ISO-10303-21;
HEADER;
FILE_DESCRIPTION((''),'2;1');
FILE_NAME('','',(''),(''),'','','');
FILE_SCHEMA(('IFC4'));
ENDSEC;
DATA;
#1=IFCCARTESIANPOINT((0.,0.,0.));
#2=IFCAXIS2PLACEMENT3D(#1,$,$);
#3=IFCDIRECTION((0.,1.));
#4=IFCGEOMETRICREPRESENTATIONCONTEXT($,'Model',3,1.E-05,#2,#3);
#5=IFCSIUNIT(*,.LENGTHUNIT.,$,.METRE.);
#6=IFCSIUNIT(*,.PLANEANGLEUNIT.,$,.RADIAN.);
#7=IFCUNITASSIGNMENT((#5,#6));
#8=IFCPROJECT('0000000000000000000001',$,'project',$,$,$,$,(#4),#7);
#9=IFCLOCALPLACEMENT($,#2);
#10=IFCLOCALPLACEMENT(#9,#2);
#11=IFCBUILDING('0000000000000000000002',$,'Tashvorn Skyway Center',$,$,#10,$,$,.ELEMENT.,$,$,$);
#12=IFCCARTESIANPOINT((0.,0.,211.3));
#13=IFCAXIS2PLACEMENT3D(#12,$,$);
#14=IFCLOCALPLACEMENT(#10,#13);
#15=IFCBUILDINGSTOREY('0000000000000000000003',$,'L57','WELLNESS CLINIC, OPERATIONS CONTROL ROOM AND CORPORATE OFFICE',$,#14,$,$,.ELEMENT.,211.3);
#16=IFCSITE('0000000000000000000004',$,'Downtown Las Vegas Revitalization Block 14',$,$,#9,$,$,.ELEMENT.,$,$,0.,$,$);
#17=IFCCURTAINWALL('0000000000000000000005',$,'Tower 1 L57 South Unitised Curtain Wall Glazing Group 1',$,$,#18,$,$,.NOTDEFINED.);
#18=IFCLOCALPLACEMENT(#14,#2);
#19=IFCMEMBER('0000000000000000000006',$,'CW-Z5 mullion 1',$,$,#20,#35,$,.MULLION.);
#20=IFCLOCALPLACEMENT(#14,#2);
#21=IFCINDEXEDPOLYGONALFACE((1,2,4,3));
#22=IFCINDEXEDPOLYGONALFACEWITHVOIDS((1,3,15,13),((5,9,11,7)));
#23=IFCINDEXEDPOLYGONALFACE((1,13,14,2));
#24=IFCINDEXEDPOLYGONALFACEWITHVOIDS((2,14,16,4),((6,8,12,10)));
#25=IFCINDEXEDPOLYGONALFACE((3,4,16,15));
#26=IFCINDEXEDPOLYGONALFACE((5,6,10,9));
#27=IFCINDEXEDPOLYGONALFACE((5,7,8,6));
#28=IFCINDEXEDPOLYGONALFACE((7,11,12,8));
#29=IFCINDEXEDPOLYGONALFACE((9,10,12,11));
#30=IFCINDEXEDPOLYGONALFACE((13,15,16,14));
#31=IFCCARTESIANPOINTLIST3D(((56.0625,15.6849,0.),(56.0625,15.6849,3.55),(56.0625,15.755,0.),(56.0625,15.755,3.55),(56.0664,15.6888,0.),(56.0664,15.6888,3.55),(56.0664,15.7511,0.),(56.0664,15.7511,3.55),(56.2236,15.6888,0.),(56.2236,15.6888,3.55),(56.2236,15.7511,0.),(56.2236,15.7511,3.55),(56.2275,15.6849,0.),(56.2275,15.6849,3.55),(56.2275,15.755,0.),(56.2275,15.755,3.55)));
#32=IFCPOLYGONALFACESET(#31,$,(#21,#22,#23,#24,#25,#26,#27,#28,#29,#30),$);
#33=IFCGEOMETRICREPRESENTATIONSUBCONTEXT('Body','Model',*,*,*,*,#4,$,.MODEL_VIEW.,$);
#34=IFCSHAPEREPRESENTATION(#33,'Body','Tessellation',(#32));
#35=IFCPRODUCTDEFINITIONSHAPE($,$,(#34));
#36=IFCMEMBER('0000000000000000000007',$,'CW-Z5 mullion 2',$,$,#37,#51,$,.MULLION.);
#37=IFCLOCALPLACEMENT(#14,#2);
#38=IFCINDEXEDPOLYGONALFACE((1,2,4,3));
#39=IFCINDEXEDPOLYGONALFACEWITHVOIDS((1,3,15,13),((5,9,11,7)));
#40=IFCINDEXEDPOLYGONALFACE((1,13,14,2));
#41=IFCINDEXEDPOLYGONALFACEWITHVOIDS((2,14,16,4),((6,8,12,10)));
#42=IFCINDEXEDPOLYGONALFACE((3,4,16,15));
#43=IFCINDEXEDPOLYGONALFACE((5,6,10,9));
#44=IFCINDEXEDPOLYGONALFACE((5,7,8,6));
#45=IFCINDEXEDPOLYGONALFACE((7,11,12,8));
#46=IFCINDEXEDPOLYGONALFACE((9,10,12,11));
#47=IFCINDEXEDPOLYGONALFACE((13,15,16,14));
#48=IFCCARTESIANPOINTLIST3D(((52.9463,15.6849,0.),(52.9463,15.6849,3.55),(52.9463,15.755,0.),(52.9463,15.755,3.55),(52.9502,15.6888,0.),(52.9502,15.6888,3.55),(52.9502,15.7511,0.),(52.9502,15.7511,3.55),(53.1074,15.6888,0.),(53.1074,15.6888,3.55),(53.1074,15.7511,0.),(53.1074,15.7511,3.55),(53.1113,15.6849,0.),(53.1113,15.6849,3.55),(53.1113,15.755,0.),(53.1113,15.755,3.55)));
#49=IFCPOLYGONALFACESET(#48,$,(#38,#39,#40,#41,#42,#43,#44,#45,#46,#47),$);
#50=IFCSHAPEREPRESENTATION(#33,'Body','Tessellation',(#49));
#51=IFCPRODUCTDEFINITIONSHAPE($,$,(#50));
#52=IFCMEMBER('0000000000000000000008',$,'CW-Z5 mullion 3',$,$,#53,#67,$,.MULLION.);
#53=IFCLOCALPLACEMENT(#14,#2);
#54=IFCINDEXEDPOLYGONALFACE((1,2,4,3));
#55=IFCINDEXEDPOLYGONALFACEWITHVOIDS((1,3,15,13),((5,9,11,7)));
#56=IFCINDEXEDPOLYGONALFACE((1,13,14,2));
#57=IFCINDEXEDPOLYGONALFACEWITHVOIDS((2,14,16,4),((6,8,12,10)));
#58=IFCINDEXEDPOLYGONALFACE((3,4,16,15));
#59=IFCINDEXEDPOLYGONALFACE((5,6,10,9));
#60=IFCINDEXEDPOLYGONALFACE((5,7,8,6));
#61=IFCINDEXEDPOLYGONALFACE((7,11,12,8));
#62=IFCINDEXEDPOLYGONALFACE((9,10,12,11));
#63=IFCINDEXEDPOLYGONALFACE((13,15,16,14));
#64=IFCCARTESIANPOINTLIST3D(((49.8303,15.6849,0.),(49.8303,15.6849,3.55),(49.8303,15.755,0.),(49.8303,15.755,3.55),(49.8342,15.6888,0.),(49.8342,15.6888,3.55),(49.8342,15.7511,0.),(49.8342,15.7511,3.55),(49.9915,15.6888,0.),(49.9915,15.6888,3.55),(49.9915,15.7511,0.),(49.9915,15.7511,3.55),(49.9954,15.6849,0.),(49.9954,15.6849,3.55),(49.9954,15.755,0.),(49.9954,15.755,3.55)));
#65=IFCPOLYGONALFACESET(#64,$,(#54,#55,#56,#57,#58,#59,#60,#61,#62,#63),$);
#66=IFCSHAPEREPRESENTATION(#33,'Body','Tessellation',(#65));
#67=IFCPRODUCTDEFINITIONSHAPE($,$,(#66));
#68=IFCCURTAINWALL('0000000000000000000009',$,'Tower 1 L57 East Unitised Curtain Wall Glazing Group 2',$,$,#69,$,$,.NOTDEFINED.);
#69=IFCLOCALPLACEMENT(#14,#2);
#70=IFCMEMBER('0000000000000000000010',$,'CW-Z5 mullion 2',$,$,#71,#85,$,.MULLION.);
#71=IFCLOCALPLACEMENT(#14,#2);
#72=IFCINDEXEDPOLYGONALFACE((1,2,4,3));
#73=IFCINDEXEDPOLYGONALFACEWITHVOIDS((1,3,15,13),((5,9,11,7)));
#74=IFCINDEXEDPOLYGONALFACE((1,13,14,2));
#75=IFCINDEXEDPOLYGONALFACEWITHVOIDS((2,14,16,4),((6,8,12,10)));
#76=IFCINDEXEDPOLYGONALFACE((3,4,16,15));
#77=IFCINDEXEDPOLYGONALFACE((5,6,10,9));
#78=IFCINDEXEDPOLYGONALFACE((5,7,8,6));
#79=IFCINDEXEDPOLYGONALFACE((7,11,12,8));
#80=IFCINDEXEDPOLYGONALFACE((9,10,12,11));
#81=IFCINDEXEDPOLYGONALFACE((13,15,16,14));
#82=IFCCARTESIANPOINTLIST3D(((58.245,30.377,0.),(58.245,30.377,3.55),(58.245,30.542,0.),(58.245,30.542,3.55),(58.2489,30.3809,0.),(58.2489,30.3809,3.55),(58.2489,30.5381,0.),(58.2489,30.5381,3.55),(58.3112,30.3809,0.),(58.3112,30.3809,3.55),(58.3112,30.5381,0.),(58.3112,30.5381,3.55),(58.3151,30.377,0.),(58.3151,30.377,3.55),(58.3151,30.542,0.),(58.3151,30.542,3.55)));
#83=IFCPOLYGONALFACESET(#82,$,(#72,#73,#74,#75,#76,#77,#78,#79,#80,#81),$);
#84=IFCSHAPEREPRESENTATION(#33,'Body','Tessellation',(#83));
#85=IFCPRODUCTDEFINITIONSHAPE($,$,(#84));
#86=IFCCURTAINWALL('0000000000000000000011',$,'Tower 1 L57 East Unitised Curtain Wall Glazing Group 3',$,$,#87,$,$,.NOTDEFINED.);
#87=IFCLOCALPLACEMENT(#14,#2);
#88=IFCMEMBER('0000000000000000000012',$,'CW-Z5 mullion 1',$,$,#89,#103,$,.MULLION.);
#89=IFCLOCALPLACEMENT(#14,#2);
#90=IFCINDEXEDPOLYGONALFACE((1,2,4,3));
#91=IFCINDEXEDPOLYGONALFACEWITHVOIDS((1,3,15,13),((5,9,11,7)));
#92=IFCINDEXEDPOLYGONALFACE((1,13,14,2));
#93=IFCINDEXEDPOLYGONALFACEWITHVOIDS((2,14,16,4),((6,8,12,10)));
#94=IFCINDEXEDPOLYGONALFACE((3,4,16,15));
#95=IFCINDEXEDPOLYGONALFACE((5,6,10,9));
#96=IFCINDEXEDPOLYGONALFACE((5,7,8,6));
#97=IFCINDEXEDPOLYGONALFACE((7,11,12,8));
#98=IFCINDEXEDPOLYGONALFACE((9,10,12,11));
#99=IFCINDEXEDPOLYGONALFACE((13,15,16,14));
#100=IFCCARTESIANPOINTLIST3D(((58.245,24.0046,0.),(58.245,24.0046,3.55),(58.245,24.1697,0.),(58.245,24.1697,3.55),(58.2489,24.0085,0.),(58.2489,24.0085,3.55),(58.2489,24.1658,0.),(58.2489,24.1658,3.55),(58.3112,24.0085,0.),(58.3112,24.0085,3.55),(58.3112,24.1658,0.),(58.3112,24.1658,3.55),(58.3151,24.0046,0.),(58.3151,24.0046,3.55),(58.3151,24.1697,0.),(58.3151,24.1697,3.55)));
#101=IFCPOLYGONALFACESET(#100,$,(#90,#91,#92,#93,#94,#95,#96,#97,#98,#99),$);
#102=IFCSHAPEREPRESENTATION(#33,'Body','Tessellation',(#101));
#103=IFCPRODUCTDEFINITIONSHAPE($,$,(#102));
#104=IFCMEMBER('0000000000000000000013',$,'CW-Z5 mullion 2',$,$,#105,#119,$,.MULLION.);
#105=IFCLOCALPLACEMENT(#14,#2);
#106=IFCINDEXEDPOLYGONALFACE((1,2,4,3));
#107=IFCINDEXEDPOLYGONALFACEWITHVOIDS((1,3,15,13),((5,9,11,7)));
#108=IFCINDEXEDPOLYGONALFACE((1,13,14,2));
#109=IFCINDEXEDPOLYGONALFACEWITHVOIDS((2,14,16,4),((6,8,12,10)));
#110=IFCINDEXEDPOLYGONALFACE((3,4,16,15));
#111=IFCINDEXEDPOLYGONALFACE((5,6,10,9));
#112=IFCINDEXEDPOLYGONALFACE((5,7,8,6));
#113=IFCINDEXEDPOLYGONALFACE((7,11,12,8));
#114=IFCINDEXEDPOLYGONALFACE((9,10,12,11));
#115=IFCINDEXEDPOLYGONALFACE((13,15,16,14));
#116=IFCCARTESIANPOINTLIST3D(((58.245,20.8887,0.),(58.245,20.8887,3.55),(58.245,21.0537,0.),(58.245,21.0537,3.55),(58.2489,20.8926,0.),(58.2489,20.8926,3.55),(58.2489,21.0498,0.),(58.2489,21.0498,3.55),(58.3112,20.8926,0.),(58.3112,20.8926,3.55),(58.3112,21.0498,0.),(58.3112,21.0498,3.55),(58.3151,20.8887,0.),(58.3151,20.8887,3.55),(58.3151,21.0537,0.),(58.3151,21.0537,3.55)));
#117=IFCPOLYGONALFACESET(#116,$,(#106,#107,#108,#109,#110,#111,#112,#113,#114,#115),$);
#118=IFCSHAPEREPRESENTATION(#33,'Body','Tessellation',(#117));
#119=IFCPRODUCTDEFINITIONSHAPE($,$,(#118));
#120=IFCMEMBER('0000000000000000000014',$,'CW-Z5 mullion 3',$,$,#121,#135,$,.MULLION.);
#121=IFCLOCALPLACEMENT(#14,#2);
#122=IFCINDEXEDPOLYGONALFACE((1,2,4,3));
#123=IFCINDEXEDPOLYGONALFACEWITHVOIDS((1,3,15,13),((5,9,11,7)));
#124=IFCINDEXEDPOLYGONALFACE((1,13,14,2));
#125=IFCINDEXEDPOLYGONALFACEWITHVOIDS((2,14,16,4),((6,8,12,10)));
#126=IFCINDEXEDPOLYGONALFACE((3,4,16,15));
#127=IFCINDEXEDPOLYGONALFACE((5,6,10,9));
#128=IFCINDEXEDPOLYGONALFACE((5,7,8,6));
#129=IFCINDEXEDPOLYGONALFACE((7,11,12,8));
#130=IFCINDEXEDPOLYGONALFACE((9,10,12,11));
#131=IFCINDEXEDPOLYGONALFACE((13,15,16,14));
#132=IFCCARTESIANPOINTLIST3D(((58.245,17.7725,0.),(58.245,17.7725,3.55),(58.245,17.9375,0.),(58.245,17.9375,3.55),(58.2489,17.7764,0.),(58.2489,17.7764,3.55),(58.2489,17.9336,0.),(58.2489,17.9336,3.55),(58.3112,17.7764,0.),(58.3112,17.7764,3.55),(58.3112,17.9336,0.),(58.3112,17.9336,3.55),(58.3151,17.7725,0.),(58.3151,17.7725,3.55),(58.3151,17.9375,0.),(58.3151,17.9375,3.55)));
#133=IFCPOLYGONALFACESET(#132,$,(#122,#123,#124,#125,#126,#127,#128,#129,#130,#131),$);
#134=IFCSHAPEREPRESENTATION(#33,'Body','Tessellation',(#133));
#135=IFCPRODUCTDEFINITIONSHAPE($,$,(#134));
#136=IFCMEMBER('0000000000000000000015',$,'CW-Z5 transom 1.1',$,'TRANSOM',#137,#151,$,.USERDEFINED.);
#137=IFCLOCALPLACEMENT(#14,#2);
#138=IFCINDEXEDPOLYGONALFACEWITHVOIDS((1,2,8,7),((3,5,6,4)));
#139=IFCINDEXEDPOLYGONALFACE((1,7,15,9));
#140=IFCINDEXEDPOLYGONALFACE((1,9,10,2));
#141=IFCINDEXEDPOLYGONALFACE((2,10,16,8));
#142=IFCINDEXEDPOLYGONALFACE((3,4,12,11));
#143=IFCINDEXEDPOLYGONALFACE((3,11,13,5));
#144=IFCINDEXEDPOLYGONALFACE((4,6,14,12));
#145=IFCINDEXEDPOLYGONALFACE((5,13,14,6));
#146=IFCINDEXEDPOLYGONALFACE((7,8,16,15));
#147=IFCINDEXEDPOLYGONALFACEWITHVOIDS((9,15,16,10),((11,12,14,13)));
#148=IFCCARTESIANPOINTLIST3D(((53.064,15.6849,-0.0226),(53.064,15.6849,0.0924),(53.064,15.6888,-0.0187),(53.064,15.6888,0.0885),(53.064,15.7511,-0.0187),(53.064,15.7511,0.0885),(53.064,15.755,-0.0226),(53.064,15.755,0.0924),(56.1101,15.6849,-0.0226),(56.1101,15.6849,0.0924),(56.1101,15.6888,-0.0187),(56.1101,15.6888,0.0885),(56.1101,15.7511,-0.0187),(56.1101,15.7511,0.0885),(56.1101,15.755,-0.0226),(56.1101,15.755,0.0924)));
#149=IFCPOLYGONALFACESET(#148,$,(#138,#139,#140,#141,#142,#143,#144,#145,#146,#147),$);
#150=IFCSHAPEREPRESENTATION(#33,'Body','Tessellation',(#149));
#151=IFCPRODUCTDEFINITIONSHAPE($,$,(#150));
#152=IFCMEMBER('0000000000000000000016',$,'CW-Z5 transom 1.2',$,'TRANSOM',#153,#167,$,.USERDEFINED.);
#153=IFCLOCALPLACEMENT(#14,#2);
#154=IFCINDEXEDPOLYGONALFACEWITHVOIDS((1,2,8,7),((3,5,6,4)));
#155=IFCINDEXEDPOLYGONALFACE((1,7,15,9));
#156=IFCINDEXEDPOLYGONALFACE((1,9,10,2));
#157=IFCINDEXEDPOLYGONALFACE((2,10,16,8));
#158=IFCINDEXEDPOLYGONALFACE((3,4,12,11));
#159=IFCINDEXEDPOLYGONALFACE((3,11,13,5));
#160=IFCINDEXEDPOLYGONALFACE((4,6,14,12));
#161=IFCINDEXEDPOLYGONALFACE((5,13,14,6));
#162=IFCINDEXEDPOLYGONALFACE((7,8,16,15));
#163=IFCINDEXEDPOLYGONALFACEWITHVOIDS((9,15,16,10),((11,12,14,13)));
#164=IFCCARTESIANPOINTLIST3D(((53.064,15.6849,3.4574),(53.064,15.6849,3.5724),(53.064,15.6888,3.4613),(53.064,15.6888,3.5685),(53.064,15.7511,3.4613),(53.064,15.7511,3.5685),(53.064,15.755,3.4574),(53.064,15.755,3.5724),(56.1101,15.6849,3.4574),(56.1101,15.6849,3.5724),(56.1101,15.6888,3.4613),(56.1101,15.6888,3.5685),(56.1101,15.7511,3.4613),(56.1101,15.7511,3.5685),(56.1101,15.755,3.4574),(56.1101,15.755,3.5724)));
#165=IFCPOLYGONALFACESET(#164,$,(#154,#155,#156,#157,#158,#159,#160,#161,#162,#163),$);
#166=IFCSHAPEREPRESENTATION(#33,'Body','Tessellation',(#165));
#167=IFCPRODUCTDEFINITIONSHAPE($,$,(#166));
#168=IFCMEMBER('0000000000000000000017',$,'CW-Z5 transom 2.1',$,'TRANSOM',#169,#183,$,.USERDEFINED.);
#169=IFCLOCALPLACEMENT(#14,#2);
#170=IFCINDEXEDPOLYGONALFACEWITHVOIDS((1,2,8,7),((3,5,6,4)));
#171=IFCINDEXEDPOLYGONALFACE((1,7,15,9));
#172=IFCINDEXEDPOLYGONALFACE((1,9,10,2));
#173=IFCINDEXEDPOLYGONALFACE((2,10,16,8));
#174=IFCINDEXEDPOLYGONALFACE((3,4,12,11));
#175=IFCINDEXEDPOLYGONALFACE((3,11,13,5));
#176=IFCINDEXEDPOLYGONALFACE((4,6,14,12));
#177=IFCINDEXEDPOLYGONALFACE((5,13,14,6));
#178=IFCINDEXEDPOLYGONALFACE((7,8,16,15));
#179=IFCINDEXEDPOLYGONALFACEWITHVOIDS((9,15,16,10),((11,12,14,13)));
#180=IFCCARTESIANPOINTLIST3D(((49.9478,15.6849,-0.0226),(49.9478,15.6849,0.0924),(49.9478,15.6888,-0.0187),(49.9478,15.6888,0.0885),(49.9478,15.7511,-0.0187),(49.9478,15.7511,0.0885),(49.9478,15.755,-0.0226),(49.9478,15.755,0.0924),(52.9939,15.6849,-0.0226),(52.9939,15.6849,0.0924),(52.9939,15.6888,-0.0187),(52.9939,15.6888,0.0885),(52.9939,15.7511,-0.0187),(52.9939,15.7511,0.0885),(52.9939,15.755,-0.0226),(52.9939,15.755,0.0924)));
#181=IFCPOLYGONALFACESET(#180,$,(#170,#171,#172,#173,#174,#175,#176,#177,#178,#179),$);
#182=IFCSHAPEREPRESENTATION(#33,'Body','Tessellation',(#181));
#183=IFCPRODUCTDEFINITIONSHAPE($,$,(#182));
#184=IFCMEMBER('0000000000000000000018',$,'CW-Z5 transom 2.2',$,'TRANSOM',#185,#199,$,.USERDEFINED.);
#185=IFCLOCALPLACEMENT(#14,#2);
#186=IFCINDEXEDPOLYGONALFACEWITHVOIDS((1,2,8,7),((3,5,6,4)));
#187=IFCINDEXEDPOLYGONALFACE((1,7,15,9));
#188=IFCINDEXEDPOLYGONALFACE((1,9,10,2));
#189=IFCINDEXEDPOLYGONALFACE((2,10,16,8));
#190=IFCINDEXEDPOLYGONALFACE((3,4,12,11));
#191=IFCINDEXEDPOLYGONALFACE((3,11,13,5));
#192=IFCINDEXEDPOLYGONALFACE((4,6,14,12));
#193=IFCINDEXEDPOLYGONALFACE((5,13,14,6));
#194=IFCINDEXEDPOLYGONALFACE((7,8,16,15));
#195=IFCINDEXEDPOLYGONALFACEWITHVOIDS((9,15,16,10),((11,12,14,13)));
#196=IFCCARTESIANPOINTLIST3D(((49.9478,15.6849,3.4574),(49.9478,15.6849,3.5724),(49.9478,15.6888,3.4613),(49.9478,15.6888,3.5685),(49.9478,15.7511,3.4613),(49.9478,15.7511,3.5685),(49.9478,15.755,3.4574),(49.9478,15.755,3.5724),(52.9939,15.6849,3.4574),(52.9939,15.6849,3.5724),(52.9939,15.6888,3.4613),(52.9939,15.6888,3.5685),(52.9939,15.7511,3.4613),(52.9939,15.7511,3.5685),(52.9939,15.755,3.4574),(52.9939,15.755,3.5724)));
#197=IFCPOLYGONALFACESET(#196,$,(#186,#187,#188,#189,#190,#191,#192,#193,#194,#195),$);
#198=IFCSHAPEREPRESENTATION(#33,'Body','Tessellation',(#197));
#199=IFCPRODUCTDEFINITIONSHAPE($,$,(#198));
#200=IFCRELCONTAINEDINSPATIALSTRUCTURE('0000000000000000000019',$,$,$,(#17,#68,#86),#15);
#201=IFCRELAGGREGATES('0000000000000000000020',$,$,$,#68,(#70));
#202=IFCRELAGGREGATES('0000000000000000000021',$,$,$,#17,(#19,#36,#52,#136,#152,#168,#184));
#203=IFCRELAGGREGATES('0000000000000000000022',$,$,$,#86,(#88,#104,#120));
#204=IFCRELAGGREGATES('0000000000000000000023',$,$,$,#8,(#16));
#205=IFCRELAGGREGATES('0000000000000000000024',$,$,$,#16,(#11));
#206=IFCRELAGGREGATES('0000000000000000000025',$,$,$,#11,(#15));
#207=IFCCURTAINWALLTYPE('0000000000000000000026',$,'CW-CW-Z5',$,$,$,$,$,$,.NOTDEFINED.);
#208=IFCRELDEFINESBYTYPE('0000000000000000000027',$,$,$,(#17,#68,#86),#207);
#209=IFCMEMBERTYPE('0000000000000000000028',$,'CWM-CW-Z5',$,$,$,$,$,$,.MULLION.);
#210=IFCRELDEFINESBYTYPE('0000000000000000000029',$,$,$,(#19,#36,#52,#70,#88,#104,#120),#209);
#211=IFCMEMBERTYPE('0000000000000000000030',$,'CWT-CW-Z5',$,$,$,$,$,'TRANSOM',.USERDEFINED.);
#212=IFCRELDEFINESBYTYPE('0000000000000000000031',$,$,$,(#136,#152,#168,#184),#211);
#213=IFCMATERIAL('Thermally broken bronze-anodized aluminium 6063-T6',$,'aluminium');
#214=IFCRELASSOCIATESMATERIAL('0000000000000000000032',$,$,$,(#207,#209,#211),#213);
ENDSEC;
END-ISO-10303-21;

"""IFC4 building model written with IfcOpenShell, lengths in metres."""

from ifc_helpers import new_model, si_unit, direction, frame, origin, origin_2d, place, context, subcontext, project, spatial, hollow_rectangle, extrude, material, material_profile, profile_set, type_object, element, aggregate, save


model = new_model("IFC4")

# Units and contexts
model_context = context("Model", 3, precision=1e-05, world=origin(), true_north=direction((0.0, 1.0)))
body_context = subcontext(model_context, "Body", "Model", "MODEL_VIEW")
ifc_project = project(units=[si_unit("LENGTHUNIT", "METRE"), si_unit("PLANEANGLEUNIT", "RADIAN")], contexts=[model_context])

# Site, building, storey
site_placement = place(None, origin())
site = spatial("IfcSite", under=ifc_project, at=site_placement, Name="Downtown Las Vegas Revitalization Block 14", CompositionType="ELEMENT", RefElevation=0.0)
building_placement = place(site_placement, origin())
building = spatial("IfcBuilding", under=site, at=building_placement, Name="Tashvorn Skyway Center", CompositionType="ELEMENT")
storey_placement = place(building_placement, frame((0.0, 0.0, 211.3)))
storey = spatial("IfcBuildingStorey", under=building, at=storey_placement, Name="L57", Description="WELLNESS CLINIC, OPERATIONS CONTROL ROOM AND CORPORATE OFFICE", CompositionType="ELEMENT", Elevation=211.3)

# Curtain wall, members
ifc_material_1 = material(Name="Thermally broken bronze-anodized aluminium 6063-T6", Category="aluminium")
curtain_wall_type = type_object("IfcCurtainWallType", Name="CW-CW-Z5", PredefinedType="NOTDEFINED", material=ifc_material_1)
curtain_wall_1_placement = place(storey_placement, origin())
curtain_wall_1 = element("IfcCurtainWall", 1, at=curtain_wall_1_placement, inside=storey, type_object=curtain_wall_type, Name="Tower 1 L57 South Unitised Curtain Wall Glazing Group 1", PredefinedType="NOTDEFINED")
ifc_material_profile_1 = material_profile(ifc_material_1, hollow_rectangle(XDim=0.0701, YDim=0.165, WallThickness=0.0039, at=origin_2d()), Name="ALU-MULL-70x165")
ifc_profile_set_1 = profile_set([ifc_material_profile_1], Name="Thermally broken bronze-anodized aluminium 6063-T6")
member_type_1 = type_object("IfcMemberType", Name="CWM-CW-Z5", PredefinedType="MULLION", material=ifc_profile_set_1)
member_1_placement = place(storey_placement, frame((56.145, 15.72, 0.0), z_axis=(0.0, 0.0, 1.0), x_axis=(0.0, -1.0, 0.0)))
member_1 = element("IfcMember", 2, at=member_1_placement, type_object=member_type_1, Name="CW-Z5 mullion 1", PredefinedType="MULLION", context=body_context, shape_type="SweptSolid", body=[
    extrude(hollow_rectangle(XDim=0.0701, YDim=0.165, WallThickness=0.0039, at=origin_2d()), origin(), (0.0, 0.0, 1.0), 3.55),
])
member_2_placement = place(storey_placement, frame((53.0288, 15.72, 0.0), z_axis=(0.0, 0.0, 1.0), x_axis=(0.0, -1.0, 0.0)))
member_2 = element("IfcMember", 3, at=member_2_placement, type_object=member_type_1, Name="CW-Z5 mullion 2", PredefinedType="MULLION", context=body_context, shape_type="SweptSolid", body=[
    extrude(hollow_rectangle(XDim=0.0701, YDim=0.165, WallThickness=0.0039, at=origin_2d()), origin(), (0.0, 0.0, 1.0), 3.55),
])
member_3_placement = place(storey_placement, frame((49.9128, 15.72, 0.0), z_axis=(0.0, 0.0, 1.0), x_axis=(0.0, -1.0, 0.0)))
member_3 = element("IfcMember", 4, at=member_3_placement, type_object=member_type_1, Name="CW-Z5 mullion 3", PredefinedType="MULLION", context=body_context, shape_type="SweptSolid", body=[
    extrude(hollow_rectangle(XDim=0.0701, YDim=0.165, WallThickness=0.0039, at=origin_2d()), origin(), (0.0, 0.0, 1.0), 3.55),
])

# Curtain wall, member
curtain_wall_2_placement = place(storey_placement, origin())
curtain_wall_2 = element("IfcCurtainWall", 5, at=curtain_wall_2_placement, inside=storey, type_object=curtain_wall_type, Name="Tower 1 L57 East Unitised Curtain Wall Glazing Group 2", PredefinedType="NOTDEFINED")
member_4_placement = place(storey_placement, frame((58.28, 30.4595, 0.0), z_axis=(0.0, 0.0, 1.0), x_axis=(1.0, 0.0, 0.0)))
member_4 = element("IfcMember", 6, at=member_4_placement, type_object=member_type_1, Name="CW-Z5 mullion 2", PredefinedType="MULLION", context=body_context, shape_type="SweptSolid", body=[
    extrude(hollow_rectangle(XDim=0.0701, YDim=0.165, WallThickness=0.0039, at=origin_2d()), origin(), (0.0, 0.0, 1.0), 3.55),
])
aggregate(curtain_wall_2, [member_4])

# Curtain wall, members
curtain_wall_3_placement = place(storey_placement, origin())
curtain_wall_3 = element("IfcCurtainWall", 7, at=curtain_wall_3_placement, inside=storey, type_object=curtain_wall_type, Name="Tower 1 L57 East Unitised Curtain Wall Glazing Group 3", PredefinedType="NOTDEFINED")
member_5_placement = place(storey_placement, frame((58.28, 24.0872, 0.0), z_axis=(0.0, 0.0, 1.0), x_axis=(1.0, 0.0, 0.0)))
member_5 = element("IfcMember", 8, at=member_5_placement, type_object=member_type_1, Name="CW-Z5 mullion 1", PredefinedType="MULLION", context=body_context, shape_type="SweptSolid", body=[
    extrude(hollow_rectangle(XDim=0.0701, YDim=0.165, WallThickness=0.0039, at=origin_2d()), origin(), (0.0, 0.0, 1.0), 3.55),
])
member_6_placement = place(storey_placement, frame((58.28, 20.9712, 0.0), z_axis=(0.0, 0.0, 1.0), x_axis=(1.0, 0.0, 0.0)))
member_6 = element("IfcMember", 9, at=member_6_placement, type_object=member_type_1, Name="CW-Z5 mullion 2", PredefinedType="MULLION", context=body_context, shape_type="SweptSolid", body=[
    extrude(hollow_rectangle(XDim=0.0701, YDim=0.165, WallThickness=0.0039, at=origin_2d()), origin(), (0.0, 0.0, 1.0), 3.55),
])
member_7_placement = place(storey_placement, frame((58.28, 17.855, 0.0), z_axis=(0.0, 0.0, 1.0), x_axis=(1.0, 0.0, 0.0)))
member_7 = element("IfcMember", 10, at=member_7_placement, type_object=member_type_1, Name="CW-Z5 mullion 3", PredefinedType="MULLION", context=body_context, shape_type="SweptSolid", body=[
    extrude(hollow_rectangle(XDim=0.0701, YDim=0.165, WallThickness=0.0039, at=origin_2d()), origin(), (0.0, 0.0, 1.0), 3.55),
])

# Members
ifc_material_profile_2 = material_profile(ifc_material_1, hollow_rectangle(XDim=0.0701, YDim=0.115, WallThickness=0.0039, at=origin_2d()), Name="ALU-TRAN-70x115")
ifc_profile_set_2 = profile_set([ifc_material_profile_2], Name="Thermally broken bronze-anodized aluminium 6063-T6")
member_type_2 = type_object("IfcMemberType", Name="CWT-CW-Z5", ElementType="TRANSOM", PredefinedType="USERDEFINED", material=ifc_profile_set_2)
member_8_placement = place(storey_placement, frame((56.1101, 15.72, 0.0349), z_axis=(-1.0, 0.0, 0.0), x_axis=(0.0, -1.0, 0.0)))
member_8 = element("IfcMember", 11, at=member_8_placement, type_object=member_type_2, Name="CW-Z5 transom 1.1", ObjectType="TRANSOM", PredefinedType="USERDEFINED", context=body_context, shape_type="SweptSolid", body=[
    extrude(hollow_rectangle(XDim=0.0701, YDim=0.115, WallThickness=0.0039, at=origin_2d()), origin(), (0.0, 0.0, 1.0), 3.0461),
])
member_9_placement = place(storey_placement, frame((56.1101, 15.72, 3.5149), z_axis=(-1.0, 0.0, 0.0), x_axis=(0.0, -1.0, 0.0)))
member_9 = element("IfcMember", 12, at=member_9_placement, type_object=member_type_2, Name="CW-Z5 transom 1.2", ObjectType="TRANSOM", PredefinedType="USERDEFINED", context=body_context, shape_type="SweptSolid", body=[
    extrude(hollow_rectangle(XDim=0.0701, YDim=0.115, WallThickness=0.0039, at=origin_2d()), origin(), (0.0, 0.0, 1.0), 3.0461),
])
member_10_placement = place(storey_placement, frame((52.9939, 15.72, 0.0349), z_axis=(-1.0, 0.0, 0.0), x_axis=(0.0, -1.0, 0.0)))
member_10 = element("IfcMember", 13, at=member_10_placement, type_object=member_type_2, Name="CW-Z5 transom 2.1", ObjectType="TRANSOM", PredefinedType="USERDEFINED", context=body_context, shape_type="SweptSolid", body=[
    extrude(hollow_rectangle(XDim=0.0701, YDim=0.115, WallThickness=0.0039, at=origin_2d()), origin(), (0.0, 0.0, 1.0), 3.0461),
])
member_11_placement = place(storey_placement, frame((52.9939, 15.72, 3.5149), z_axis=(-1.0, 0.0, 0.0), x_axis=(0.0, -1.0, 0.0)))
member_11 = element("IfcMember", 14, at=member_11_placement, type_object=member_type_2, Name="CW-Z5 transom 2.2", ObjectType="TRANSOM", PredefinedType="USERDEFINED", context=body_context, shape_type="SweptSolid", body=[
    extrude(hollow_rectangle(XDim=0.0701, YDim=0.115, WallThickness=0.0039, at=origin_2d()), origin(), (0.0, 0.0, 1.0), 3.0461),
])

aggregate(curtain_wall_1, [member_1, member_2, member_3, member_8, member_9, member_10, member_11])
aggregate(curtain_wall_3, [member_5, member_6, member_7])

save(model, "model.ifc")
